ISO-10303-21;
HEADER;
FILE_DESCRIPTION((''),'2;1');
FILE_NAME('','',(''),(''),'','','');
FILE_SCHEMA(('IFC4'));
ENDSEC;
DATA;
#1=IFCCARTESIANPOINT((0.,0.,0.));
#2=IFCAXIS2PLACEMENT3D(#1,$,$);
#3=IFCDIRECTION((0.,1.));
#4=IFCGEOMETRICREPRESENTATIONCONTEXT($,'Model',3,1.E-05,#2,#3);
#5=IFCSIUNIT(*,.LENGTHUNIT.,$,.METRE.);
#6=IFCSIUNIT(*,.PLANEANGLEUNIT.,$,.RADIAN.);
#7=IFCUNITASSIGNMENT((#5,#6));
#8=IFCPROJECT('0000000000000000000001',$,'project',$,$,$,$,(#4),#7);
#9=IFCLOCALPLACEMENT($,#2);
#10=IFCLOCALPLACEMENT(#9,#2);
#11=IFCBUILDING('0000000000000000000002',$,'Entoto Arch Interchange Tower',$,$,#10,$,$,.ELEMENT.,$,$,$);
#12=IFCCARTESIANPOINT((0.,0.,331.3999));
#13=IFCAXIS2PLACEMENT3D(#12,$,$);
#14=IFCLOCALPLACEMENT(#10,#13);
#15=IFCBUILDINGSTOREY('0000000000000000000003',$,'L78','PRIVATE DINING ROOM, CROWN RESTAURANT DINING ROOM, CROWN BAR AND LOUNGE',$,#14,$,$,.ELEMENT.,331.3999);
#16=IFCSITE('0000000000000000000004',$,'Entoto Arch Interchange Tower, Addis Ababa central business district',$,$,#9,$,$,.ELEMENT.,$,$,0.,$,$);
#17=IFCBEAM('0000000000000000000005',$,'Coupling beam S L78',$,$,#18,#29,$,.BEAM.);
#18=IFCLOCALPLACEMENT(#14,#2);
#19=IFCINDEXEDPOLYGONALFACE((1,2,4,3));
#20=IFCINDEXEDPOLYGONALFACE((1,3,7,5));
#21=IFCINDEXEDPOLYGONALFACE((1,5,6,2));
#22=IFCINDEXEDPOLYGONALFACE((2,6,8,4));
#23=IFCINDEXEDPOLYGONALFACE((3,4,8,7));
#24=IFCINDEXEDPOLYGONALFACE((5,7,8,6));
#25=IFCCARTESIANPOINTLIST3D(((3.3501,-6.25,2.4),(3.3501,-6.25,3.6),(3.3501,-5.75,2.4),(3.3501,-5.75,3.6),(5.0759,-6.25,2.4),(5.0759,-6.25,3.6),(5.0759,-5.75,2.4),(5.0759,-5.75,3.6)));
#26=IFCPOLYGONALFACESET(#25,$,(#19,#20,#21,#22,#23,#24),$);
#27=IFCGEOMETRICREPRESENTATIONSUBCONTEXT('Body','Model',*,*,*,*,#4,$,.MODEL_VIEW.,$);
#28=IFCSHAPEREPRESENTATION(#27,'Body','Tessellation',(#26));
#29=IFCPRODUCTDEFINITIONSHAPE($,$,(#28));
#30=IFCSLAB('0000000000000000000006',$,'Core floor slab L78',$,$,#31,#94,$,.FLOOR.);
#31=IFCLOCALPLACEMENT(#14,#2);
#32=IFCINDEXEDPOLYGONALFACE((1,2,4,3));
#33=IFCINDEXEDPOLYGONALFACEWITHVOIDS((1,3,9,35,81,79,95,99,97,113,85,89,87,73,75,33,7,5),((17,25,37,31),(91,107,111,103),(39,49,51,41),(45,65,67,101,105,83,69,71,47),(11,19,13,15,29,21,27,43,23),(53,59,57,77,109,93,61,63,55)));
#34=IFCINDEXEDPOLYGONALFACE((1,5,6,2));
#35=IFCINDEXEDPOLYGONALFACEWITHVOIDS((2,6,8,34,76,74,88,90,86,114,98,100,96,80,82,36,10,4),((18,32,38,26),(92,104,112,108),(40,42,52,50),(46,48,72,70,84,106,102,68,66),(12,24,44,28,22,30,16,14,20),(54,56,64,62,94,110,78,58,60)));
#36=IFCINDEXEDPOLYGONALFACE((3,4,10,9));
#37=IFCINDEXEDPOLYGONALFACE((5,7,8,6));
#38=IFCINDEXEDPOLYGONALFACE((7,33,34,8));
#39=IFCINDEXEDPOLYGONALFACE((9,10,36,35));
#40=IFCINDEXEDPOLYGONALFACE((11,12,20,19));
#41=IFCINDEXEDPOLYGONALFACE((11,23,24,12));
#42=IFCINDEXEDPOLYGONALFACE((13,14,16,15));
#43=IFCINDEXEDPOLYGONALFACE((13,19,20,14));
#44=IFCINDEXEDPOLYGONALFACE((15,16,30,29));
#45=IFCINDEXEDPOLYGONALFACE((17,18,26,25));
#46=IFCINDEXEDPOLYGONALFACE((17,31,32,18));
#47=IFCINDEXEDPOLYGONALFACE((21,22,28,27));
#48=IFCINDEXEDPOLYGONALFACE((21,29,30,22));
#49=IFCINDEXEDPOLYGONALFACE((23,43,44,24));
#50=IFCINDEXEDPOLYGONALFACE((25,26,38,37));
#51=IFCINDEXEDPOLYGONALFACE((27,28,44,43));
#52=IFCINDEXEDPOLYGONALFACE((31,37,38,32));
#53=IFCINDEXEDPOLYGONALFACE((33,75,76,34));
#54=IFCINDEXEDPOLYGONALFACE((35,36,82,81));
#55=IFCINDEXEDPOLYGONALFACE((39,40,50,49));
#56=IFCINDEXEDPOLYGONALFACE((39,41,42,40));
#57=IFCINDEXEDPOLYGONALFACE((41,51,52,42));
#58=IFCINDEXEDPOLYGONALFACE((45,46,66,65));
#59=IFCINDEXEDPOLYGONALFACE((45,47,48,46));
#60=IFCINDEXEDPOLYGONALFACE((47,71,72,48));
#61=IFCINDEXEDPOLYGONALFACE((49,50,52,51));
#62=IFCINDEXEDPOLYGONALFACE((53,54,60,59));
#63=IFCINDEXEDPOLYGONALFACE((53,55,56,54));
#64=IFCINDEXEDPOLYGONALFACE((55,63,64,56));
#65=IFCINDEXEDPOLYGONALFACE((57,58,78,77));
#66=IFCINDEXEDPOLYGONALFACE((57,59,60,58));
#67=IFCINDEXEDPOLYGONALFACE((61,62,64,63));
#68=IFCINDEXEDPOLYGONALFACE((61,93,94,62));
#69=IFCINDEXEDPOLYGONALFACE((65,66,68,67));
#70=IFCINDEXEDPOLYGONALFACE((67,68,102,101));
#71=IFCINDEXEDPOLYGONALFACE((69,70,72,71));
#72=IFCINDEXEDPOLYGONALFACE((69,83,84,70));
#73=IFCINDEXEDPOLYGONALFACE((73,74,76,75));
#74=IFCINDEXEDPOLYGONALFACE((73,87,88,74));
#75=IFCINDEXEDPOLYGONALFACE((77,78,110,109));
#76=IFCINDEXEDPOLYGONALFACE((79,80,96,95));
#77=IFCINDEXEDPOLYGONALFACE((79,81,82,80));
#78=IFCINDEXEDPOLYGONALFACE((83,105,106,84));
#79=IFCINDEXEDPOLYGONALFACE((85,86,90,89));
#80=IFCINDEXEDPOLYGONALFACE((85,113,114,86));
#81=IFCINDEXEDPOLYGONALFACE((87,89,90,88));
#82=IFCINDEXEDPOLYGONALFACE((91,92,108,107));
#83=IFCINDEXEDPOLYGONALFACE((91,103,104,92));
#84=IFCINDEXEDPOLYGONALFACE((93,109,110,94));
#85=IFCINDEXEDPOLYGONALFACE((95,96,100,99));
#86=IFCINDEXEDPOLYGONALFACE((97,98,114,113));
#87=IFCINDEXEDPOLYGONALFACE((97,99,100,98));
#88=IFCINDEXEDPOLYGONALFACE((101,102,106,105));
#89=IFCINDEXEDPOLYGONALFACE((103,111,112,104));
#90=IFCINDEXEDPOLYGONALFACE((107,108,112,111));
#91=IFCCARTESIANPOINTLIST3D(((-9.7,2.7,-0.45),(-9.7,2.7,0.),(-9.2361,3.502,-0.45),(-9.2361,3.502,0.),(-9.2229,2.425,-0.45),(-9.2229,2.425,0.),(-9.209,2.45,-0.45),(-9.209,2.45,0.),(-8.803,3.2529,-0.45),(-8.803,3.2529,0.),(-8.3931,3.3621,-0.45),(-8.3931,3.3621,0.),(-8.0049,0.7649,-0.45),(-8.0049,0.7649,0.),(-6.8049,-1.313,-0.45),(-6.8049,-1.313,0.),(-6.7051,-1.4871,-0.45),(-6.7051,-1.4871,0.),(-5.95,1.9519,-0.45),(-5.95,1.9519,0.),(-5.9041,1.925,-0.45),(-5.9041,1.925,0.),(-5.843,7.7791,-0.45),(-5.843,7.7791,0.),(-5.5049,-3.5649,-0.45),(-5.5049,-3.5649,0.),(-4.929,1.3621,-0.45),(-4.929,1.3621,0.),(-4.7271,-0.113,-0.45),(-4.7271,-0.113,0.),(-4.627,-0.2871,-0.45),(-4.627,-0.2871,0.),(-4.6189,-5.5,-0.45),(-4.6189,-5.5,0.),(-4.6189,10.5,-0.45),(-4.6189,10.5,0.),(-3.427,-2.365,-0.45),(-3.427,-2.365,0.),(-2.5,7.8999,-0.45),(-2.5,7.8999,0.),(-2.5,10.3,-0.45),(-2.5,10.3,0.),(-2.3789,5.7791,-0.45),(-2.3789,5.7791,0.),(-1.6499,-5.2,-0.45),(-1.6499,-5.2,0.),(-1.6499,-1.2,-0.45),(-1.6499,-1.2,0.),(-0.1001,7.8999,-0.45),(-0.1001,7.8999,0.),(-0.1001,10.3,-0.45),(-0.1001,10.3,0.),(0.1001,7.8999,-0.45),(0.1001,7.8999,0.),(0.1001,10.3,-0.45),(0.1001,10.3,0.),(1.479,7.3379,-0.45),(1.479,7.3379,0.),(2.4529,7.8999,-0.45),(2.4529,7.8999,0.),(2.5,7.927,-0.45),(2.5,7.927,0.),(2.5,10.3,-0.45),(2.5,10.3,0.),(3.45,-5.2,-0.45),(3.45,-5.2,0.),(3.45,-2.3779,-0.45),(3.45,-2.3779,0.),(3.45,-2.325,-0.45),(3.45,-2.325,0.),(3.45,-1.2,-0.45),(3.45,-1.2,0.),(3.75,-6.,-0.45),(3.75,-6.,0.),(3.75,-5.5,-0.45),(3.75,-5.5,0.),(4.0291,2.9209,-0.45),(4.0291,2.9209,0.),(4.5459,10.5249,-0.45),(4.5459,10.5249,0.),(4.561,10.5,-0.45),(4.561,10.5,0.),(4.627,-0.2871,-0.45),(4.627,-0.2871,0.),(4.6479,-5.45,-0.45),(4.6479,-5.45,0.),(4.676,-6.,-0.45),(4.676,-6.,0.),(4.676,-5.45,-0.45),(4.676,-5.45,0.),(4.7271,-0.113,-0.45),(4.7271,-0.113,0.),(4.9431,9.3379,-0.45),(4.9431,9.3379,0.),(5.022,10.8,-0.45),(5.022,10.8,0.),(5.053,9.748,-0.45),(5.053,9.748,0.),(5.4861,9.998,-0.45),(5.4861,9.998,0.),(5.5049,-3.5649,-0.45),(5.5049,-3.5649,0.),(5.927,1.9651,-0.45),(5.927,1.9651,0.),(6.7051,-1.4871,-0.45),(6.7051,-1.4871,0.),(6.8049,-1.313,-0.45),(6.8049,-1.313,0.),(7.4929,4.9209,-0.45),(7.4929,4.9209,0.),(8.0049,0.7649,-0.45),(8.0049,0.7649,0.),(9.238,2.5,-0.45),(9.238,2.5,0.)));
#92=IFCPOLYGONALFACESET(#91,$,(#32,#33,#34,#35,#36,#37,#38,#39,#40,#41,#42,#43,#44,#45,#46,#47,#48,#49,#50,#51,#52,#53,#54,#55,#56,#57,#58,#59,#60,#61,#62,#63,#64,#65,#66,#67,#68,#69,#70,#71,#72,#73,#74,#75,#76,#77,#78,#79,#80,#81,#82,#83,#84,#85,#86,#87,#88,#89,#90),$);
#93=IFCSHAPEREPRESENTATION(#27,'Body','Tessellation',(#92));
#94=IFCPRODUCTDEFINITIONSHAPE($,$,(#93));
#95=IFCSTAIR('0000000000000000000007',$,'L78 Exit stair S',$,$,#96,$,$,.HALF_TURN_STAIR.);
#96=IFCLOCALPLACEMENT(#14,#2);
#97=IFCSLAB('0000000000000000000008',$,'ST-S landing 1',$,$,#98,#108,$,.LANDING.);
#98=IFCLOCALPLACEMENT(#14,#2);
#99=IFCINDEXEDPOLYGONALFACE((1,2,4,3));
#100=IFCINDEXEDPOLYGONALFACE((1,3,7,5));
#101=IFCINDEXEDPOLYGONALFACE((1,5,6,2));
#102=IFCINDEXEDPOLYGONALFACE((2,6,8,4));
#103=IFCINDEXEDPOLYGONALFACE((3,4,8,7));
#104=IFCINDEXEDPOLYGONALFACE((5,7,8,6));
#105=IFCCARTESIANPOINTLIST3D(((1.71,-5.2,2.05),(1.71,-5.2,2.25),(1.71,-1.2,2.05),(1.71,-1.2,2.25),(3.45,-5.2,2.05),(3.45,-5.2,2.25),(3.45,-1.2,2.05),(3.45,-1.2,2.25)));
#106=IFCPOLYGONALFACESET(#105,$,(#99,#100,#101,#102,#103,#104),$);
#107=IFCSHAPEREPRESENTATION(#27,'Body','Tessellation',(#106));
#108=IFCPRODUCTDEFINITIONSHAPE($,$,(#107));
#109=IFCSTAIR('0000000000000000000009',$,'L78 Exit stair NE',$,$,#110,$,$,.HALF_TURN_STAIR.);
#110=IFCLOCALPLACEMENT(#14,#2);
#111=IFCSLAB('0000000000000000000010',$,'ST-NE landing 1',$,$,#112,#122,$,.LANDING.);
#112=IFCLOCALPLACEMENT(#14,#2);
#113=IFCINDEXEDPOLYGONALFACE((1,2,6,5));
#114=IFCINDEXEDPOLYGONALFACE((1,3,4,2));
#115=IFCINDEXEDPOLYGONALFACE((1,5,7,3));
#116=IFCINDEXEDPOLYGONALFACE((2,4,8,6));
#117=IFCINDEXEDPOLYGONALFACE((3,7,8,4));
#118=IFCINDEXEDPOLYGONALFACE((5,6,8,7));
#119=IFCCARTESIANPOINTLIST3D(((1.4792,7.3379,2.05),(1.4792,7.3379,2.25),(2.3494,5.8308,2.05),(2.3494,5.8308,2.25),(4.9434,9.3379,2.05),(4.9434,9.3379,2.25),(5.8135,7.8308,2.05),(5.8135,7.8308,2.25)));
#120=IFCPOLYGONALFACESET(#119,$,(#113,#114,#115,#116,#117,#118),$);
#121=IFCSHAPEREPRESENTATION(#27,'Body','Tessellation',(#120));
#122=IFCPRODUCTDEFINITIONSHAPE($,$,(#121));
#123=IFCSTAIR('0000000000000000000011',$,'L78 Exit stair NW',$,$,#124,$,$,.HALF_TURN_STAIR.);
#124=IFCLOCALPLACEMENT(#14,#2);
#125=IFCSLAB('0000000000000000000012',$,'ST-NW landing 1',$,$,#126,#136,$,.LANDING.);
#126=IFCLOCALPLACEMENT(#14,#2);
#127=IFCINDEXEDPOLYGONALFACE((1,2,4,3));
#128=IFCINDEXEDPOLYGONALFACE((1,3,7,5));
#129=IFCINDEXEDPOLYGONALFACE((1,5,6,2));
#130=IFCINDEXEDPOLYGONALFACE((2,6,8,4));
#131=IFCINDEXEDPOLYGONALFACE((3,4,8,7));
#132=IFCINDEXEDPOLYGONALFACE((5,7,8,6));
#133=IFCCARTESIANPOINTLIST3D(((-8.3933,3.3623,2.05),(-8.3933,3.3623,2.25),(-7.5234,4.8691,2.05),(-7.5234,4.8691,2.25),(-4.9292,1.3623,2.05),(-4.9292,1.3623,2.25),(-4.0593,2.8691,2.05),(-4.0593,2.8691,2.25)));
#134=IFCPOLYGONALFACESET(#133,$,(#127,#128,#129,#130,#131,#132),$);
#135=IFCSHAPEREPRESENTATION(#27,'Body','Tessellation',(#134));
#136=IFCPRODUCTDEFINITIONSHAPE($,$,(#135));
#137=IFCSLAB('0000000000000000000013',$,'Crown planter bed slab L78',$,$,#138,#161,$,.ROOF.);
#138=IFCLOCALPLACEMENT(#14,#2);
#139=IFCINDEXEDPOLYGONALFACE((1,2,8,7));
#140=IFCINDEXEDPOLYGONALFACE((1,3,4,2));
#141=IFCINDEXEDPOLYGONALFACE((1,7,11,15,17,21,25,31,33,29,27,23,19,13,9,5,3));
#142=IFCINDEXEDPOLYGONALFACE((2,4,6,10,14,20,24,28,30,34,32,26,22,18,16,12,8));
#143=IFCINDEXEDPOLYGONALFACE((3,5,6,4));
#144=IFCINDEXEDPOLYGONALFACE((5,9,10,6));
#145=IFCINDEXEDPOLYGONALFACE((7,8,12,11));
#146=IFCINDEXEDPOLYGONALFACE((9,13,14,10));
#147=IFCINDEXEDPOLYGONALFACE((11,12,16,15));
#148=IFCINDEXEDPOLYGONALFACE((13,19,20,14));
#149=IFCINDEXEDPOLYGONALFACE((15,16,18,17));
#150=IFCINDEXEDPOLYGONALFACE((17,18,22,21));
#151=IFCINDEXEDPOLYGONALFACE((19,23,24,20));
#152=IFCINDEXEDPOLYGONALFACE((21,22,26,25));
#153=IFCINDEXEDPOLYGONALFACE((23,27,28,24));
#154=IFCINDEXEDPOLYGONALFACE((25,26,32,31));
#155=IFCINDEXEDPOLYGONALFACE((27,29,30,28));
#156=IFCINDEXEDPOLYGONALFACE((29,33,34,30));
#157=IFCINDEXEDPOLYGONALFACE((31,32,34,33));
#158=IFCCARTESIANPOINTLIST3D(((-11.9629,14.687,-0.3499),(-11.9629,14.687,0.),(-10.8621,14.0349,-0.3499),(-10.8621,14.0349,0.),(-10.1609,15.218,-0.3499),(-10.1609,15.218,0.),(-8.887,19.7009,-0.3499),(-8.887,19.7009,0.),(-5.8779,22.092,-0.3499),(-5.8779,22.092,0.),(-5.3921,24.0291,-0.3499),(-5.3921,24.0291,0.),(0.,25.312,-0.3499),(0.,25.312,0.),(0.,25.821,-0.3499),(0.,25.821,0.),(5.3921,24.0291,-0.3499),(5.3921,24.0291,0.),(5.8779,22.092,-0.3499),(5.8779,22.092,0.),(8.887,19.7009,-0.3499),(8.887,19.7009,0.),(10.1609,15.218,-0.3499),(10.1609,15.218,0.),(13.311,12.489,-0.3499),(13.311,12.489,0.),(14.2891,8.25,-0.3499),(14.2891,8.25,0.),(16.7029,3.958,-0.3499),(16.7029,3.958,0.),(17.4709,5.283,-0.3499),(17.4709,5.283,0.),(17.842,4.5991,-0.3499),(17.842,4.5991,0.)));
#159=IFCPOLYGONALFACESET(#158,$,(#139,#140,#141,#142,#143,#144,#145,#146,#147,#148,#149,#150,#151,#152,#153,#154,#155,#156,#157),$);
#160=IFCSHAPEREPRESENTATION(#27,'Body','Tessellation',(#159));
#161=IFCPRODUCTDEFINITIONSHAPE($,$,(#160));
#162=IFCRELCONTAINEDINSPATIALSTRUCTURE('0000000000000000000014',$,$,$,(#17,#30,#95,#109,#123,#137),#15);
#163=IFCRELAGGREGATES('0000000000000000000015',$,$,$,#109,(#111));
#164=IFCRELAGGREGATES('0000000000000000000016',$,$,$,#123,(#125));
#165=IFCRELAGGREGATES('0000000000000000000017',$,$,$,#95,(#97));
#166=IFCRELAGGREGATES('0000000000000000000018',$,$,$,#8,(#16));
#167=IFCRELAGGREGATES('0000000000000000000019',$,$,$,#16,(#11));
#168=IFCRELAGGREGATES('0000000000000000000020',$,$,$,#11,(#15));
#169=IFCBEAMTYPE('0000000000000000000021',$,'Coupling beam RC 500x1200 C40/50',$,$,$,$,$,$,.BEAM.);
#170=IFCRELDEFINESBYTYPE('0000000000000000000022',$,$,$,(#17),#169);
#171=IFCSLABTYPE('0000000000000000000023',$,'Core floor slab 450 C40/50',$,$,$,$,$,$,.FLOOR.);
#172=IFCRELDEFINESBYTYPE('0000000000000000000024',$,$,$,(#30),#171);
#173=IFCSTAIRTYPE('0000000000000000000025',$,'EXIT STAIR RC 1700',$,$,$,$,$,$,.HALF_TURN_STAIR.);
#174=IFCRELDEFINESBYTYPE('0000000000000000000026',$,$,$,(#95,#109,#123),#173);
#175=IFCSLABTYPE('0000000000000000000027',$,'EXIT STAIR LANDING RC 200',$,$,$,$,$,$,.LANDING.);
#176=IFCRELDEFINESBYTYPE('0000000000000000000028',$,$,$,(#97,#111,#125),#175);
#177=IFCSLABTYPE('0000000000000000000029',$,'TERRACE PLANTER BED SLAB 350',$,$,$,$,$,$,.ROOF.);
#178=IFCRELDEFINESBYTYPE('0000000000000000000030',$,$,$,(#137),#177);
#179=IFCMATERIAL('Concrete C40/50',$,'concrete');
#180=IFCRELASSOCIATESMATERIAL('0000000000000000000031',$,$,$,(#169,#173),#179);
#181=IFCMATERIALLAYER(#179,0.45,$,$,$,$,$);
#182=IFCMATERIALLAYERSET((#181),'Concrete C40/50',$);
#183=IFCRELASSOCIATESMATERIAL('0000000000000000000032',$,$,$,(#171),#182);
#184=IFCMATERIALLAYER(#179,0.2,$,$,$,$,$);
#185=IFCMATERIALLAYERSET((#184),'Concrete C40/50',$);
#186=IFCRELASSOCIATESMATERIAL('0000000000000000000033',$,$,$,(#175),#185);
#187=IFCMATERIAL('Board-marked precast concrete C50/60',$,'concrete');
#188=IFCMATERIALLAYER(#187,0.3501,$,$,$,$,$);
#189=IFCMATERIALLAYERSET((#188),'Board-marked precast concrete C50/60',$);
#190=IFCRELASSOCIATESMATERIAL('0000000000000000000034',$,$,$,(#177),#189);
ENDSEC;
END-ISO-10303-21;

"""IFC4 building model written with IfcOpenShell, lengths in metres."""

from ifc_helpers import new_model, si_unit, direction, frame, origin, origin_2d, place, context, subcontext, project, spatial, polyline, rectangle, outline, extrude, material, layer, layer_set, material_profile, profile_set, type_object, element, aggregate, save


model = new_model("IFC4")

# Units and contexts
model_context = context("Model", 3, precision=1e-05, world=origin(), true_north=direction((0.0, 1.0)))
body_context = subcontext(model_context, "Body", "Model", "MODEL_VIEW")
ifc_project = project(units=[si_unit("LENGTHUNIT", "METRE"), si_unit("PLANEANGLEUNIT", "RADIAN")], contexts=[model_context])

# Site, building, storey
site_placement = place(None, origin())
site = spatial("IfcSite", under=ifc_project, at=site_placement, Name="Entoto Arch Interchange Tower, Addis Ababa central business district", CompositionType="ELEMENT", RefElevation=0.0)
building_placement = place(site_placement, origin())
building = spatial("IfcBuilding", under=site, at=building_placement, Name="Entoto Arch Interchange Tower", CompositionType="ELEMENT")
storey_placement = place(building_placement, frame((0.0, 0.0, 331.3999)))
storey = spatial("IfcBuildingStorey", under=building, at=storey_placement, Name="L78", Description="PRIVATE DINING ROOM, CROWN RESTAURANT DINING ROOM, CROWN BAR AND LOUNGE", CompositionType="ELEMENT", Elevation=331.3999)

# Beam
ifc_material_1 = material(Name="Concrete C40/50", Category="concrete")
ifc_material_profile = material_profile(ifc_material_1, rectangle(XDim=0.5, YDim=1.2, at=origin_2d()))
ifc_profile_set = profile_set([ifc_material_profile], Name="Concrete C40/50")
beam_type = type_object("IfcBeamType", Name="Coupling beam RC 500x1200 C40/50", PredefinedType="BEAM", material=ifc_profile_set)
beam_placement = place(storey_placement, frame((3.3501, -6.0, 3.0), z_axis=(1.0, 0.0, 0.0), x_axis=(0.0, 1.0, 0.0)))
element("IfcBeam", 1, at=beam_placement, inside=storey, type_object=beam_type, Name="Coupling beam S L78", PredefinedType="BEAM", context=body_context, shape_type="SweptSolid", body=[
    extrude(rectangle(XDim=0.5, YDim=1.2, at=origin_2d()), origin(), (0.0, 0.0, 1.0), 1.7258),
])

# Slab
ifc_layer_1 = layer(ifc_material_1, 0.45)
ifc_layer_set_1 = layer_set([ifc_layer_1], Name="Concrete C40/50")
slab_type_1 = type_object("IfcSlabType", Name="Core floor slab 450 C40/50", PredefinedType="FLOOR", material=ifc_layer_set_1)
slab_1_placement = place(storey_placement, frame((0.0, 0.0, -0.45)))
element("IfcSlab", 2, at=slab_1_placement, inside=storey, type_object=slab_type_1, Name="Core floor slab L78", PredefinedType="FLOOR", context=body_context, shape_type="SweptSolid", body=[
    extrude(outline(polyline([(-9.209, 2.45), (-9.2229, 2.425), (-9.7, 2.7), (-9.2361, 3.502), (-8.803, 3.2529), (-4.6189, 10.5), (4.561, 10.5), (4.5459, 10.5249), (5.022, 10.8), (5.4861, 9.998), (5.053, 9.748), (9.238, 2.5), (4.6479, -5.45), (4.676, -5.45), (4.676, -6.0), (3.75, -6.0), (3.75, -5.5), (-4.6189, -5.5), (-9.209, 2.45)]), holes=[polyline([(-1.6499, -5.2), (3.45, -5.2), (3.45, -2.3779), (5.5049, -3.5649), (6.7051, -1.4871), (4.627, -0.2871), (3.45, -2.325), (3.45, -1.2), (-1.6499, -1.2), (-1.6499, -5.2)]), polyline([(-4.627, -0.2871), (-6.7051, -1.4871), (-5.5049, -3.5649), (-3.427, -2.365), (-4.627, -0.2871)]), polyline([(-5.9041, 1.925), (-4.929, 1.3621), (-2.3789, 5.7791), (-5.843, 7.7791), (-8.3931, 3.3621), (-5.95, 1.9519), (-8.0049, 0.7649), (-6.8049, -1.313), (-4.7271, -0.113), (-5.9041, 1.925)]), polyline([(4.7271, -0.113), (6.8049, -1.313), (8.0049, 0.7649), (5.927, 1.9651), (4.7271, -0.113)]), polyline([(2.5, 7.927), (2.5, 10.3), (0.1001, 10.3), (0.1001, 7.8999), (2.4529, 7.8999), (1.479, 7.3379), (4.0291, 2.9209), (7.4929, 4.9209), (4.9431, 9.3379), (2.5, 7.927)]), polyline([(-2.5, 7.8999), (-0.1001, 7.8999), (-0.1001, 10.3), (-2.5, 10.3), (-2.5, 7.8999)])]), origin(), (0.0, 0.0, 1.0), 0.45),
])

# Stairs, slabs
stair_type = type_object("IfcStairType", Name="EXIT STAIR RC 1700", PredefinedType="HALF_TURN_STAIR", material=ifc_material_1)
stair_1_placement = place(storey_placement, origin())
stair_1 = element("IfcStair", 3, at=stair_1_placement, inside=storey, type_object=stair_type, Name="L78 Exit stair S", PredefinedType="HALF_TURN_STAIR")
ifc_layer_2 = layer(ifc_material_1, 0.2)
ifc_layer_set_2 = layer_set([ifc_layer_2], Name="Concrete C40/50")
slab_type_2 = type_object("IfcSlabType", Name="EXIT STAIR LANDING RC 200", PredefinedType="LANDING", material=ifc_layer_set_2)
slab_2_placement = place(storey_placement, frame((0.0, 0.0, 2.05)))
slab_2 = element("IfcSlab", 4, at=slab_2_placement, type_object=slab_type_2, Name="ST-S landing 1", PredefinedType="LANDING", context=body_context, shape_type="SweptSolid", body=[
    extrude(outline(polyline([(1.71, -5.2), (3.45, -5.2), (3.45, -1.2), (1.71, -1.2), (1.71, -5.2)])), origin(), (0.0, 0.0, 1.0), 0.2),
])
stair_2_placement = place(storey_placement, origin())
stair_2 = element("IfcStair", 5, at=stair_2_placement, inside=storey, type_object=stair_type, Name="L78 Exit stair NE", PredefinedType="HALF_TURN_STAIR")
slab_3_placement = place(storey_placement, frame((0.0, 0.0, 2.05)))
slab_3 = element("IfcSlab", 6, at=slab_3_placement, type_object=slab_type_2, Name="ST-NE landing 1", PredefinedType="LANDING", context=body_context, shape_type="SweptSolid", body=[
    extrude(outline(polyline([(5.8135, 7.8308), (4.9434, 9.3379), (1.4792, 7.3379), (2.3494, 5.8308), (5.8135, 7.8308)])), origin(), (0.0, 0.0, 1.0), 0.2),
])
aggregate(stair_2, [slab_3])
stair_3_placement = place(storey_placement, origin())
stair_3 = element("IfcStair", 7, at=stair_3_placement, inside=storey, type_object=stair_type, Name="L78 Exit stair NW", PredefinedType="HALF_TURN_STAIR")
slab_4_placement = place(storey_placement, frame((0.0, 0.0, 2.05)))
slab_4 = element("IfcSlab", 8, at=slab_4_placement, type_object=slab_type_2, Name="ST-NW landing 1", PredefinedType="LANDING", context=body_context, shape_type="SweptSolid", body=[
    extrude(outline(polyline([(-7.5234, 4.8691), (-8.3933, 3.3623), (-4.9292, 1.3623), (-4.0593, 2.8691), (-7.5234, 4.8691)])), origin(), (0.0, 0.0, 1.0), 0.2),
])
aggregate(stair_3, [slab_4])

# Slab
ifc_material_2 = material(Name="Board-marked precast concrete C50/60", Category="concrete")
ifc_layer_3 = layer(ifc_material_2, 0.3501)
ifc_layer_set_3 = layer_set([ifc_layer_3], Name="Board-marked precast concrete C50/60")
slab_type_3 = type_object("IfcSlabType", Name="TERRACE PLANTER BED SLAB 350", PredefinedType="ROOF", material=ifc_layer_set_3)
slab_5_placement = place(storey_placement, frame((0.0, 0.0, -0.3499)))
element("IfcSlab", 9, at=slab_5_placement, inside=storey, type_object=slab_type_3, Name="Crown planter bed slab L78", PredefinedType="ROOF", context=body_context, shape_type="SweptSolid", body=[
    extrude(outline(polyline([(10.1609, 15.218), (5.8779, 22.092), (0.0, 25.312), (-5.8779, 22.092), (-10.1609, 15.218), (-10.8621, 14.0349), (-11.9629, 14.687), (-8.887, 19.7009), (-5.3921, 24.0291), (0.0, 25.821), (5.3921, 24.0291), (8.887, 19.7009), (13.311, 12.489), (17.4709, 5.283), (17.842, 4.5991), (16.7029, 3.958), (14.2891, 8.25), (10.1609, 15.218)])), origin(), (0.0, 0.0, 1.0), 0.3499),
])

aggregate(stair_1, [slab_2])

save(model, "model.ifc")
